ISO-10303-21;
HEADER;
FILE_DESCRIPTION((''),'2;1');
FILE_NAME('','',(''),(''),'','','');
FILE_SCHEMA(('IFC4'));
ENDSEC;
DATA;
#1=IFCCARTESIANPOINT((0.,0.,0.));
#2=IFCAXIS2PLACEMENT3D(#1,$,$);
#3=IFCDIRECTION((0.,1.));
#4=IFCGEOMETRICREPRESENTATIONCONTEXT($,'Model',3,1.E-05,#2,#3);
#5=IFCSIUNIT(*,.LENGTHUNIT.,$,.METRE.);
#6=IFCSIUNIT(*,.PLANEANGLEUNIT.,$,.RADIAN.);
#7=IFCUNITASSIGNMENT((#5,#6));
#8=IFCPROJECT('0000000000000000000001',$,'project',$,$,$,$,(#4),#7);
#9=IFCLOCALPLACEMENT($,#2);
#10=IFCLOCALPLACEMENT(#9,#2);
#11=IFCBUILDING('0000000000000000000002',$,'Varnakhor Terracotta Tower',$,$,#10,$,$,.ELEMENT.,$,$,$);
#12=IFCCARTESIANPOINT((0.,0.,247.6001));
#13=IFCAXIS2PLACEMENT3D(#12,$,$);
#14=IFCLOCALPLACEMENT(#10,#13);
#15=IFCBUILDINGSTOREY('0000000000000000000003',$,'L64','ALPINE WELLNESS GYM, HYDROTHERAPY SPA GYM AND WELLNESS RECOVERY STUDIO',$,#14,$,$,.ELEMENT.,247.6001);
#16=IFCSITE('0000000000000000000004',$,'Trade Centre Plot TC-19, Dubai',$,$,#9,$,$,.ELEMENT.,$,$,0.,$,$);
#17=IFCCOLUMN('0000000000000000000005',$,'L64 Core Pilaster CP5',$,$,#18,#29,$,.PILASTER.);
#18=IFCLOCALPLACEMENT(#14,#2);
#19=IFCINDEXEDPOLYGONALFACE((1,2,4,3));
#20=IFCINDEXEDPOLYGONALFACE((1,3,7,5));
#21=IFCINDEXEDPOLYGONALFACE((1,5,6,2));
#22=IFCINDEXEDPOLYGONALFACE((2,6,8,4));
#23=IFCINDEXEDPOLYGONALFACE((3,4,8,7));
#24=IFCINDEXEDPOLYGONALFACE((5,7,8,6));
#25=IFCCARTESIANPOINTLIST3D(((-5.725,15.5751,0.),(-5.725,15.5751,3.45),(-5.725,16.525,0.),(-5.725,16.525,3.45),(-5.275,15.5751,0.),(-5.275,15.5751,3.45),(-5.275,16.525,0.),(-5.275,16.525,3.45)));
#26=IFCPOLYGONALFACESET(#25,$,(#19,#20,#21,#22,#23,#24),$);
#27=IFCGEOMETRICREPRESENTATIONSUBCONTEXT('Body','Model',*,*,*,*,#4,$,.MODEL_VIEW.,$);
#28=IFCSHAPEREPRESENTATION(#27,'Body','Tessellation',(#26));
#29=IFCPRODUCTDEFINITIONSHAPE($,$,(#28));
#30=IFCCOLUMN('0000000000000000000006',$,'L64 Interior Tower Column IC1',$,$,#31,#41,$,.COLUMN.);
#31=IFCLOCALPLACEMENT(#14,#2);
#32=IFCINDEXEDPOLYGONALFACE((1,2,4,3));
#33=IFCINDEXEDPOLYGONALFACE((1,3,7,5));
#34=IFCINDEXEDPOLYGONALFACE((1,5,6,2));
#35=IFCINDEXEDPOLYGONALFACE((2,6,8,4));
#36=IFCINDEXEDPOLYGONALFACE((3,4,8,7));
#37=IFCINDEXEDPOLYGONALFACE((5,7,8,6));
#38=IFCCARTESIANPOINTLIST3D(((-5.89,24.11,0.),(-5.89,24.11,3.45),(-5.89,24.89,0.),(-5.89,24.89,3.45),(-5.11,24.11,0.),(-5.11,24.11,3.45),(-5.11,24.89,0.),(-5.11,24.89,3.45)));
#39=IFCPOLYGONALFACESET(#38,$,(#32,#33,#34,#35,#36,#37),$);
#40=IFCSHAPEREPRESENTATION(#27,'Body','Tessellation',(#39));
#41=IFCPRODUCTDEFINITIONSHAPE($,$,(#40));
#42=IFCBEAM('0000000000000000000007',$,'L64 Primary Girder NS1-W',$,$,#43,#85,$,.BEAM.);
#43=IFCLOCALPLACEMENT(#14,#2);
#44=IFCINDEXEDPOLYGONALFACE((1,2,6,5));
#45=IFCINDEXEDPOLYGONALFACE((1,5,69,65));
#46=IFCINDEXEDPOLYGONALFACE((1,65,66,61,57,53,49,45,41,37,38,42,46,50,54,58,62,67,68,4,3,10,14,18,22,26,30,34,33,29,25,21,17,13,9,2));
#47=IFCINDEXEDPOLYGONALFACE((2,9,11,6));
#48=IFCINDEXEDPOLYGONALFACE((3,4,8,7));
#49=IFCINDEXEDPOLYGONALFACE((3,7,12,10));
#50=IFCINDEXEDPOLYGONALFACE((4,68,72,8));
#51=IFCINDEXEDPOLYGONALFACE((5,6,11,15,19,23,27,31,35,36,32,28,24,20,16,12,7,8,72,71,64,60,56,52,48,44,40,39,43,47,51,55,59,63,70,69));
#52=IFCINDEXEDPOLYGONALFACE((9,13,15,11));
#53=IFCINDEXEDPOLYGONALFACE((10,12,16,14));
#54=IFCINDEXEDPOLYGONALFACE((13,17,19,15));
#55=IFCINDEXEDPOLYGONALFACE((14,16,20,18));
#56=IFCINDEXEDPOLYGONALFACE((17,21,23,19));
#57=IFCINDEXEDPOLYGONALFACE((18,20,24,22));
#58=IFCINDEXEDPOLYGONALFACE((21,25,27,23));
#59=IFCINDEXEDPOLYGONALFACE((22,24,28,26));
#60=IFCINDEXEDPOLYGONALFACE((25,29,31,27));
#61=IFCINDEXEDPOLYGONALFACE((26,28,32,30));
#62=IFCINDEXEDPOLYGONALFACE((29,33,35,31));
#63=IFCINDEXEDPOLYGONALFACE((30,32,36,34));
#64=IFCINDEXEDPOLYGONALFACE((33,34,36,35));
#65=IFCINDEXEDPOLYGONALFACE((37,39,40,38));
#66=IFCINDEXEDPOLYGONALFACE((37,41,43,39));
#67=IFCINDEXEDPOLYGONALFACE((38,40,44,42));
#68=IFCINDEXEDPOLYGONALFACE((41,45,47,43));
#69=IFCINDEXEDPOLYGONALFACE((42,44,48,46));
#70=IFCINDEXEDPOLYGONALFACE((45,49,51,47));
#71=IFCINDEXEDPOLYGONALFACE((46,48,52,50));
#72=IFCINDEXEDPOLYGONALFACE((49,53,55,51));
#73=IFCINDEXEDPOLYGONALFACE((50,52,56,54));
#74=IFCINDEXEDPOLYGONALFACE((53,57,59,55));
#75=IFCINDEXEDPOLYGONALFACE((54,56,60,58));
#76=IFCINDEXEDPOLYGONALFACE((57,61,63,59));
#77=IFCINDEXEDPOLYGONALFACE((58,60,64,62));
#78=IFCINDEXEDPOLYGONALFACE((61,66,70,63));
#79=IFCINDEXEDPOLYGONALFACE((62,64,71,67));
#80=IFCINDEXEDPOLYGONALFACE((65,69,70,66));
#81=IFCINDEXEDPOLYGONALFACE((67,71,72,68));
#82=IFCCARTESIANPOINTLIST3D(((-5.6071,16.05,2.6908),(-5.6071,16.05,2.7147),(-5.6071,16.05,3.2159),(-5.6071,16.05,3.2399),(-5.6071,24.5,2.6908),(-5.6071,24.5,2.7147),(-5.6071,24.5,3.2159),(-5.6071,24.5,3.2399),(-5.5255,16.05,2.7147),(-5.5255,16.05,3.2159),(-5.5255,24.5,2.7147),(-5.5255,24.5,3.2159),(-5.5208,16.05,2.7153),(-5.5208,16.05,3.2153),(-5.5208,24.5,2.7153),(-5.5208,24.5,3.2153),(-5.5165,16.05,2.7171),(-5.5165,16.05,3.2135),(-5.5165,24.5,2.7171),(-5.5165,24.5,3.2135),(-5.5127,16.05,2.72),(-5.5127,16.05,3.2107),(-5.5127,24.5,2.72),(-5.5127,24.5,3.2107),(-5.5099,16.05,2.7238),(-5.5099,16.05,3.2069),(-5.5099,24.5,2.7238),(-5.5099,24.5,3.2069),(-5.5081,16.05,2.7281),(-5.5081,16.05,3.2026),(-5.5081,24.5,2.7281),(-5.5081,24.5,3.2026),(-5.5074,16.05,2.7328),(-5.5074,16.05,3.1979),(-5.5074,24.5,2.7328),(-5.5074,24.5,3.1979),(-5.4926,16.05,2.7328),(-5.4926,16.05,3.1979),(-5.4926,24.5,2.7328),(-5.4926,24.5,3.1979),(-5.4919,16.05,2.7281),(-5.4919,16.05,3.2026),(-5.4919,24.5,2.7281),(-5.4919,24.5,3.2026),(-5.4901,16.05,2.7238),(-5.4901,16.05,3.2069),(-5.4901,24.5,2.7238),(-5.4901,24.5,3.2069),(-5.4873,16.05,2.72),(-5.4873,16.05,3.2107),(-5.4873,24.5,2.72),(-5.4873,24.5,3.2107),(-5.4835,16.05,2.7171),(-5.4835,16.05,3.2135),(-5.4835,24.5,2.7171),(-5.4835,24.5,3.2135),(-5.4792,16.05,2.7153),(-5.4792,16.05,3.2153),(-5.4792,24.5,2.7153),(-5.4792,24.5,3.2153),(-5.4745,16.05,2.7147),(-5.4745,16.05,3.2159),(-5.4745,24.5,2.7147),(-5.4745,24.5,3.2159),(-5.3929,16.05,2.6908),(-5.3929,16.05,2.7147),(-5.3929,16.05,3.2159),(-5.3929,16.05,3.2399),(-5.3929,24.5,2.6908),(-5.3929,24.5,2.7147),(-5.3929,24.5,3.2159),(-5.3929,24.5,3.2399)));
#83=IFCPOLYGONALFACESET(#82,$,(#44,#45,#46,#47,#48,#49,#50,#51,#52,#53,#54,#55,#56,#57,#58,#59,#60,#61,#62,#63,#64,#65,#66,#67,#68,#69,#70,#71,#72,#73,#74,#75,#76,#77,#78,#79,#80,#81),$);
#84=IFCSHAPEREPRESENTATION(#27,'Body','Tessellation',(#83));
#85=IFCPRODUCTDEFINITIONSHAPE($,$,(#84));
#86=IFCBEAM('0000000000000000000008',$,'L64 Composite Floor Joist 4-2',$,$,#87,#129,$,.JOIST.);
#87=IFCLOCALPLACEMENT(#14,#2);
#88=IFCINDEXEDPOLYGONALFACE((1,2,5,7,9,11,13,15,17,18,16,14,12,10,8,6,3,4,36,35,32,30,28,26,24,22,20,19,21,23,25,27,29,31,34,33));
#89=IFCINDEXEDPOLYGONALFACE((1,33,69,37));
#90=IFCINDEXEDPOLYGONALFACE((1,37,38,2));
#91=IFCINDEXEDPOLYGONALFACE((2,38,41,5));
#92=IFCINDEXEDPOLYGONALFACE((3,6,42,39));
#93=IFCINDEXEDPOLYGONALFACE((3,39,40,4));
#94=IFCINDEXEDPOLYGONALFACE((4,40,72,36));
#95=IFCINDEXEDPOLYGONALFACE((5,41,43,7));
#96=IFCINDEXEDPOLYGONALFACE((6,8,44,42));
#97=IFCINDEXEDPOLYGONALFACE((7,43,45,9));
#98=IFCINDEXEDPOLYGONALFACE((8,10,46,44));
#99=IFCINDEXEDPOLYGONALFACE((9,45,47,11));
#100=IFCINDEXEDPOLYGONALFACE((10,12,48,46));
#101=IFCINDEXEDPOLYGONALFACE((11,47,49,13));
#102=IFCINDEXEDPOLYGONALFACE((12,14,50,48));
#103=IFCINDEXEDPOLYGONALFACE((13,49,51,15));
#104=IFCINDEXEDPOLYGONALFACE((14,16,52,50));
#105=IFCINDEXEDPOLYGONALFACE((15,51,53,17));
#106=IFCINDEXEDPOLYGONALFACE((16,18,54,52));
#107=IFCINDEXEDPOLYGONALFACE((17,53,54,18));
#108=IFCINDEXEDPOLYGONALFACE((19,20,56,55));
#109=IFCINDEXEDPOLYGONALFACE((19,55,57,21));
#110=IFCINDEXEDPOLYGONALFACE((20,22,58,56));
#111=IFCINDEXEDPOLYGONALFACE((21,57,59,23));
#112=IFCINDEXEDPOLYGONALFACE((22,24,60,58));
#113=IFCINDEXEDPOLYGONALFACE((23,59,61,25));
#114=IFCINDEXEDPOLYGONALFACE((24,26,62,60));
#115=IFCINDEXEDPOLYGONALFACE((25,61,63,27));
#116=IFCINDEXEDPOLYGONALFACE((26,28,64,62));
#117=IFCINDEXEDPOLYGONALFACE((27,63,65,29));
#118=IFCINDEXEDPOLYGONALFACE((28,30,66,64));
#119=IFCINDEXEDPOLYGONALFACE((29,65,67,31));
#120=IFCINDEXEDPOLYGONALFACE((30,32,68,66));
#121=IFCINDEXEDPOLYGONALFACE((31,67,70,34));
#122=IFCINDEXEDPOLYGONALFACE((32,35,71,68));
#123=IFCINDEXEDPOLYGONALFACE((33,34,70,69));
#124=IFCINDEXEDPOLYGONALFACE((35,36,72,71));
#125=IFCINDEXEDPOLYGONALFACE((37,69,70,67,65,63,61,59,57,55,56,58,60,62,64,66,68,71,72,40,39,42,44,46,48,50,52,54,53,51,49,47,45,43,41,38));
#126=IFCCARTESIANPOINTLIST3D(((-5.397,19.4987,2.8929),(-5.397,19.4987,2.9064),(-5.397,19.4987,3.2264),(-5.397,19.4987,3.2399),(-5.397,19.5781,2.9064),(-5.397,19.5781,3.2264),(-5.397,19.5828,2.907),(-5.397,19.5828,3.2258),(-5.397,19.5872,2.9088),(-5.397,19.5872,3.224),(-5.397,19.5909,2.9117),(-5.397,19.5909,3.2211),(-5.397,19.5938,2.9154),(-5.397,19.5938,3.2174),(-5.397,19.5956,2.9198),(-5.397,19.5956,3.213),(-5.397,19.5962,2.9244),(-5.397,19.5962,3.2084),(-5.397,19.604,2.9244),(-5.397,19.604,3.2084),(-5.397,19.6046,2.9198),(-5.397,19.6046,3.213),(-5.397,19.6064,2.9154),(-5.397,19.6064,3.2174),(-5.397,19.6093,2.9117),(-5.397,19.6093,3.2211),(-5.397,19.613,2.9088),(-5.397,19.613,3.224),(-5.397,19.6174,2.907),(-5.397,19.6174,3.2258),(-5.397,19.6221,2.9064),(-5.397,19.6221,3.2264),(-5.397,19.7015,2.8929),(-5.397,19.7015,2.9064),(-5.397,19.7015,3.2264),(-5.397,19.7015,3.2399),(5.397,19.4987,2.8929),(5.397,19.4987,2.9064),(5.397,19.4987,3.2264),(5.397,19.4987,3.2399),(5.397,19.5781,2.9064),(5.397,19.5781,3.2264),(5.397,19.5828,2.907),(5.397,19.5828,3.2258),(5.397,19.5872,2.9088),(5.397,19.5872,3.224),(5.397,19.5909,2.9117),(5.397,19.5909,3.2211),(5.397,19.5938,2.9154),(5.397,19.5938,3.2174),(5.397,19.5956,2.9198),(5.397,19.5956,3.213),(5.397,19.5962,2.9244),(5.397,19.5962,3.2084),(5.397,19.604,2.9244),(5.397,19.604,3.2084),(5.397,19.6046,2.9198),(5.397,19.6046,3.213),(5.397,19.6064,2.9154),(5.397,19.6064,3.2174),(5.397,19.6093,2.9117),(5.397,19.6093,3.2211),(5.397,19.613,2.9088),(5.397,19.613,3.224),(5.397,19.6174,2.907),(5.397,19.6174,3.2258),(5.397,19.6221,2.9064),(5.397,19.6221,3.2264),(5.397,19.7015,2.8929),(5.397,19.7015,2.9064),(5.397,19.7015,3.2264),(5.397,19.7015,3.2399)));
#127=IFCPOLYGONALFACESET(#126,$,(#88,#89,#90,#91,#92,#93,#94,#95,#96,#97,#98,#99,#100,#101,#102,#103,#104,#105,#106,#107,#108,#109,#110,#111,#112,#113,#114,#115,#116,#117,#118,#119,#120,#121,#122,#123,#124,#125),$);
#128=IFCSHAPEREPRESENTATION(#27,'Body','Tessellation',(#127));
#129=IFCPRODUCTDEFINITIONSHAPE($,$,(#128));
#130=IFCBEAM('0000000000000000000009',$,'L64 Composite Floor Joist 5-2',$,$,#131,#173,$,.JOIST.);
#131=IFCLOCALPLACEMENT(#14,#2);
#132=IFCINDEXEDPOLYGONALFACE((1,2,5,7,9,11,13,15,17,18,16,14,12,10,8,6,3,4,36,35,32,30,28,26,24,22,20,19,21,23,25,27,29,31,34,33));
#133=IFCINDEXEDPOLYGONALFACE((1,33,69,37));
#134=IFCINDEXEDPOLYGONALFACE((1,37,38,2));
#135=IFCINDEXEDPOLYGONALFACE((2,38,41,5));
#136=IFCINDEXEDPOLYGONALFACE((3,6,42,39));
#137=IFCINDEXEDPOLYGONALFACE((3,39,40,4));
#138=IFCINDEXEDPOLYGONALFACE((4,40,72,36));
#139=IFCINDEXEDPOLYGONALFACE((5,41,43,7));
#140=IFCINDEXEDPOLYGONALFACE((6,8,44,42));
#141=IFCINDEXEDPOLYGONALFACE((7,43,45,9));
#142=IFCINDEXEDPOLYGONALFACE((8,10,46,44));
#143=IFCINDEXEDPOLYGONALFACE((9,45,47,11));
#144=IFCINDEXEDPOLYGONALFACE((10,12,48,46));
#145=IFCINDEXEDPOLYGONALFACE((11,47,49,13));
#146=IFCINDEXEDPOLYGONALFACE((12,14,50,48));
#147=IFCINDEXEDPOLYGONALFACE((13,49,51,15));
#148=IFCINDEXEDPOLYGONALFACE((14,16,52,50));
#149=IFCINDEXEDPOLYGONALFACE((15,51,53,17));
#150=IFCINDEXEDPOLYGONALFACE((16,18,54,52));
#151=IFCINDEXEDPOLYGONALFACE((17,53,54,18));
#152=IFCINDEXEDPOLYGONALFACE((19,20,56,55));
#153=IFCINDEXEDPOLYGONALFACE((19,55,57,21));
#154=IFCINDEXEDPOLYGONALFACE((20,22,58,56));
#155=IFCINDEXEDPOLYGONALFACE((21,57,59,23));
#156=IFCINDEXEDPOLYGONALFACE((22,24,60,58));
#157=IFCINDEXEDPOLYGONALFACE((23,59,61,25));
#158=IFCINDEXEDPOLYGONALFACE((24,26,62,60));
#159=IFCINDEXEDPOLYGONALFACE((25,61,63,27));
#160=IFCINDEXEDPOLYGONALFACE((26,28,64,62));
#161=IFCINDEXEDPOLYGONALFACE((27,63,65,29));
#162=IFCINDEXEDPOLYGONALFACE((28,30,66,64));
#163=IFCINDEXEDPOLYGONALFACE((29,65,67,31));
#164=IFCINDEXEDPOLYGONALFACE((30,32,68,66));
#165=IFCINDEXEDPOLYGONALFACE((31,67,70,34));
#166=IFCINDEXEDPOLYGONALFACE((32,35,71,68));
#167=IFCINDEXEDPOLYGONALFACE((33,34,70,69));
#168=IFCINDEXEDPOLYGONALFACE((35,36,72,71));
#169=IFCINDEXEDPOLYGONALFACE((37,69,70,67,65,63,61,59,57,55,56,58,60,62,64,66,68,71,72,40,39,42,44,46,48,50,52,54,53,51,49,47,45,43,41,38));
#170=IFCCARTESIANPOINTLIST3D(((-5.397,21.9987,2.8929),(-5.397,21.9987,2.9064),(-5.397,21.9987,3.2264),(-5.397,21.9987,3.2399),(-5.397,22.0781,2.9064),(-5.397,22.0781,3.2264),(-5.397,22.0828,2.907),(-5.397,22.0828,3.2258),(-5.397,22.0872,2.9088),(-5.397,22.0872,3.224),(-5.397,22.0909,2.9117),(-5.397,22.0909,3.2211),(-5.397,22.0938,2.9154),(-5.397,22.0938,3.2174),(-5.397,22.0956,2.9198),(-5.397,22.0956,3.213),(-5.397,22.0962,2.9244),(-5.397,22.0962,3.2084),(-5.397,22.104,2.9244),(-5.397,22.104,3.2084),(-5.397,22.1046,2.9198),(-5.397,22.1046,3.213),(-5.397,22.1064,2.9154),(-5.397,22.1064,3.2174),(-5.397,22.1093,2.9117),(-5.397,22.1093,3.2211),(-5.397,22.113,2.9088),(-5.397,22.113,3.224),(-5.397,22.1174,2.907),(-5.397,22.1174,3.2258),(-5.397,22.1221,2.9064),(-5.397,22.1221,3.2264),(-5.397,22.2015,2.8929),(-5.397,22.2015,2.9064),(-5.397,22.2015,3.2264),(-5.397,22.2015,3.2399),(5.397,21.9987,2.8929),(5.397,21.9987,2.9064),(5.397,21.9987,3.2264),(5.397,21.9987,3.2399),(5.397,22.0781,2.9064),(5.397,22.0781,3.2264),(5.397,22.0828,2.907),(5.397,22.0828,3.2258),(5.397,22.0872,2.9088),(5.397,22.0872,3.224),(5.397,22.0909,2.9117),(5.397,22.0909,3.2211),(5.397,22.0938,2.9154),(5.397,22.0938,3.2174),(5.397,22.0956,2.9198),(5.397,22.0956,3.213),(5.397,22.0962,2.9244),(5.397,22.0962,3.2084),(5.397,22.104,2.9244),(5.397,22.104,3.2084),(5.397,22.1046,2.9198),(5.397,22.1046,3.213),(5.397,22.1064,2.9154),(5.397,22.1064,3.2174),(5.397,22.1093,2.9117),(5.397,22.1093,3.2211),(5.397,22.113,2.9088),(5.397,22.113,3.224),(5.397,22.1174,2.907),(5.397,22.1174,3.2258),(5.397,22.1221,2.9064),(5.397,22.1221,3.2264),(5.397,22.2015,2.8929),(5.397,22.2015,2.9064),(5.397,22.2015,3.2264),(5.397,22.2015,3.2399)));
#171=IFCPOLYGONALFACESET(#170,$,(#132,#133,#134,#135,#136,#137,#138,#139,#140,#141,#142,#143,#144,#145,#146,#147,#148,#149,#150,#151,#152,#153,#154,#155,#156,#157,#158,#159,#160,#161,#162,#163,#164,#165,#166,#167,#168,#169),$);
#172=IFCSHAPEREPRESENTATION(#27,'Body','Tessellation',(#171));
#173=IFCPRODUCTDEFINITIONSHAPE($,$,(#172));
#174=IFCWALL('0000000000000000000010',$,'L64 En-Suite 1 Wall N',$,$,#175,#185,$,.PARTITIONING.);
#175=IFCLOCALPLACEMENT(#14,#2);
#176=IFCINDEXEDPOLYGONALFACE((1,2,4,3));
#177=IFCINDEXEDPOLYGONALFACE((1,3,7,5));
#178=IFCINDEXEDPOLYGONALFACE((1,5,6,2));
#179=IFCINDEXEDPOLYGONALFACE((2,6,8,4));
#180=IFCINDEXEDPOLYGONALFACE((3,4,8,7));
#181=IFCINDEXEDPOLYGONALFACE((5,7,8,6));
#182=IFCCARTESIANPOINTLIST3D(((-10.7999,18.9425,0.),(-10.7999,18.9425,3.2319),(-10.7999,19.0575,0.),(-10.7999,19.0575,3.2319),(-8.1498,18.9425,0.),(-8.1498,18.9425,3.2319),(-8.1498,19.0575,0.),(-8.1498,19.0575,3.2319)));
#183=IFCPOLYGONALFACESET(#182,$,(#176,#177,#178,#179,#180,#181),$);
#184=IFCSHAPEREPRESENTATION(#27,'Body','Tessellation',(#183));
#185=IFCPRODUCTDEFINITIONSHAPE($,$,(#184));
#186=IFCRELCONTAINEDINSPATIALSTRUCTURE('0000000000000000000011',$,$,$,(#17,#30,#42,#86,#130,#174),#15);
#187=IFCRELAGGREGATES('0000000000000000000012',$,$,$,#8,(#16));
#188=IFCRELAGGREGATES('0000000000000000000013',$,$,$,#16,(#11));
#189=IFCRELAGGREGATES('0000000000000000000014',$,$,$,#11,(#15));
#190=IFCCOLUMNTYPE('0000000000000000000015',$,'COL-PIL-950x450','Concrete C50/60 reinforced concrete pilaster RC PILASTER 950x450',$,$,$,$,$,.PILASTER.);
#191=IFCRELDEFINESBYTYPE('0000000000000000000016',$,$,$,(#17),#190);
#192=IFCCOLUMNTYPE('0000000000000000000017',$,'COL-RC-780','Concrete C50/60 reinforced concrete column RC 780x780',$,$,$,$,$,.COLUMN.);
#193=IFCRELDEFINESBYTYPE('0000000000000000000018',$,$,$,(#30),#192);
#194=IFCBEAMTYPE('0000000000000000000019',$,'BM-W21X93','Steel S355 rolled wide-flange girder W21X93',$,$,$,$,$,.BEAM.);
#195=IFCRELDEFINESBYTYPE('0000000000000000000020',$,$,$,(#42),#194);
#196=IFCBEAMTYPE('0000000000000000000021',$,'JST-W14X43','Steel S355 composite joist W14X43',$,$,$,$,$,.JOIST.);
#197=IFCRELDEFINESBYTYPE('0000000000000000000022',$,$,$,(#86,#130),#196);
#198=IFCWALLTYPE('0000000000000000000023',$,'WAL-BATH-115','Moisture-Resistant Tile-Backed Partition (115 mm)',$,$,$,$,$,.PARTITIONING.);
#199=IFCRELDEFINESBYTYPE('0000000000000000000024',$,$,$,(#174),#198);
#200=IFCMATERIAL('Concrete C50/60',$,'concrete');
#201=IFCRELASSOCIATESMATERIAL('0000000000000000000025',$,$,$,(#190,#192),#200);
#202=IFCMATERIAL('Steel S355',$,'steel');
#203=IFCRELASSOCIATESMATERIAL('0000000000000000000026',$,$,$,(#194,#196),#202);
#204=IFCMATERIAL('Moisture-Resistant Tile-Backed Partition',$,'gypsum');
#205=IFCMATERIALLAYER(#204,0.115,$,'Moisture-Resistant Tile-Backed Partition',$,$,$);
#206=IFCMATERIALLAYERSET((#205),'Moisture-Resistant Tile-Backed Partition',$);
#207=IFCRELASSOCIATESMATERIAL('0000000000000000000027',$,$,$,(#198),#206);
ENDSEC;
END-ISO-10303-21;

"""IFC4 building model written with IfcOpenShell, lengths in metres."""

from ifc_helpers import new_model, si_unit, direction, frame, frame_2d, origin, origin_2d, place, context, subcontext, project, spatial, rectangle, i_section, extrude, source, transform, mapped, material, layer, layer_set, material_profile, profile_set, type_object, type_shapes, element, save


model = new_model("IFC4")

# Units and contexts
model_context = context("Model", 3, precision=1e-05, world=origin(), true_north=direction((0.0, 1.0)))
body_context = subcontext(model_context, "Body", "Model", "MODEL_VIEW")
ifc_project = project(units=[si_unit("LENGTHUNIT", "METRE"), si_unit("PLANEANGLEUNIT", "RADIAN")], contexts=[model_context])

# Site, building, storey
site_placement = place(None, origin())
site = spatial("IfcSite", under=ifc_project, at=site_placement, Name="Trade Centre Plot TC-19, Dubai", CompositionType="ELEMENT", RefElevation=0.0)
building_placement = place(site_placement, origin())
building = spatial("IfcBuilding", under=site, at=building_placement, Name="Varnakhor Terracotta Tower", CompositionType="ELEMENT")
storey_placement = place(building_placement, frame((0.0, 0.0, 247.6001)))
storey = spatial("IfcBuildingStorey", under=building, at=storey_placement, Name="L64", Description="ALPINE WELLNESS GYM, HYDROTHERAPY SPA GYM AND WELLNESS RECOVERY STUDIO", CompositionType="ELEMENT", Elevation=247.6001)

# Columns
ifc_material_1 = material(Name="Concrete C50/60", Category="concrete")
ifc_material_profile_1 = material_profile(ifc_material_1, rectangle(XDim=0.45, YDim=0.95, at=origin_2d()), Name="RC PILASTER 950x450")
ifc_profile_set_1 = profile_set([ifc_material_profile_1], Name="Concrete C50/60")
column_type_1 = type_object("IfcColumnType", Name="COL-PIL-950x450", Description="Concrete C50/60 reinforced concrete pilaster RC PILASTER 950x450", PredefinedType="PILASTER", material=ifc_profile_set_1)
shared_shape_1 = source(origin(), body_context, "Body", "SweptSolid", [
    extrude(rectangle(XDim=0.45, YDim=0.95, at=origin_2d()), origin(), (0.0, 0.0, 1.0), 3.45),
])
column_1_placement = place(storey_placement, frame((-5.5, 16.05, 0.0), z_axis=(0.0, 0.0, 1.0), x_axis=(1.0, 0.0, 0.0)))
element("IfcColumn", 1, at=column_1_placement, inside=storey, type_object=column_type_1, Name="L64 Core Pilaster CP5", PredefinedType="PILASTER", context=body_context, shape_type="MappedRepresentation", body=[
    mapped(shared_shape_1, transform((0.0, 0.0, 0.0), scale=1.0)),
])
ifc_material_profile_2 = material_profile(ifc_material_1, rectangle(XDim=0.78, YDim=0.78, at=origin_2d()), Name="RC 780x780")
ifc_profile_set_2 = profile_set([ifc_material_profile_2], Name="Concrete C50/60")
column_type_2 = type_object("IfcColumnType", Name="COL-RC-780", Description="Concrete C50/60 reinforced concrete column RC 780x780", PredefinedType="COLUMN", material=ifc_profile_set_2)
shared_shape_2 = source(origin(), body_context, "Body", "SweptSolid", [
    extrude(rectangle(XDim=0.78, YDim=0.78, at=origin_2d()), origin(), (0.0, 0.0, 1.0), 3.45),
])
column_2_placement = place(storey_placement, frame((-5.5, 24.5, 0.0), z_axis=(0.0, 0.0, 1.0), x_axis=(1.0, 0.0, 0.0)))
element("IfcColumn", 2, at=column_2_placement, inside=storey, type_object=column_type_2, Name="L64 Interior Tower Column IC1", PredefinedType="COLUMN", context=body_context, shape_type="MappedRepresentation", body=[
    mapped(shared_shape_2, transform((0.0, 0.0, 0.0), scale=1.0)),
])

# Beams
ifc_material_2 = material(Name="Steel S355", Category="steel")
ifc_material_profile_3 = material_profile(ifc_material_2, i_section(OverallWidth=0.2141, OverallDepth=0.5491, WebThickness=0.0149, FlangeThickness=0.0239, FilletRadius=0.0181, at=origin_2d()), Name="W21X93")
ifc_profile_set_3 = profile_set([ifc_material_profile_3], Name="Steel S355")
beam_type_1 = type_object("IfcBeamType", Name="BM-W21X93", Description="Steel S355 rolled wide-flange girder W21X93", PredefinedType="BEAM", material=ifc_profile_set_3)
shared_shape_3 = source(origin(), body_context, "Body", "SweptSolid", [
    extrude(i_section(OverallWidth=0.2141, OverallDepth=0.5491, WebThickness=0.0149, FlangeThickness=0.0239, FilletRadius=0.0181, at=origin_2d()), origin(), (0.0, 0.0, 1.0), 8.45),
])
type_shapes(beam_type_1, [shared_shape_3])
beam_placement = place(storey_placement, frame((-5.5, 16.05, 2.9653), z_axis=(0.0, 1.0, 0.0), x_axis=(-1.0, 0.0, 0.0)))
element("IfcBeam", 3, at=beam_placement, inside=storey, type_object=beam_type_1, Name="L64 Primary Girder NS1-W", PredefinedType="BEAM", context=body_context, shape_type="MappedRepresentation", body=[
    mapped(shared_shape_3, transform((0.0, 0.0, 0.0), scale=1.0)),
])
ifc_material_profile_4 = material_profile(ifc_material_2, i_section(OverallWidth=0.2029, OverallDepth=0.3469, WebThickness=0.0078, FlangeThickness=0.0134, FilletRadius=0.0181, at=origin_2d()), Name="W14X43")
ifc_profile_set_4 = profile_set([ifc_material_profile_4], Name="Steel S355")
beam_type_2 = type_object("IfcBeamType", Name="JST-W14X43", Description="Steel S355 composite joist W14X43", PredefinedType="JOIST", material=ifc_profile_set_4)
shared_shape_4 = source(origin(), body_context, "Body", "SweptSolid", [
    extrude(i_section(OverallWidth=0.2029, OverallDepth=0.3469, WebThickness=0.0078, FlangeThickness=0.0134, FilletRadius=0.0181, at=origin_2d()), origin(), (0.0, 0.0, 1.0), 10.7939),
])
for number, where, z_axis, x_axis, name in (
    (4, (-5.397, 19.6001, 3.0664), (1.0, 0.0, 0.0), (0.0, 1.0, 0.0), "L64 Composite Floor Joist 4-2"),
    (5, (-5.397, 22.1001, 3.0664), (1.0, 0.0, 0.0), (0.0, 1.0, 0.0), "L64 Composite Floor Joist 5-2"),
):
    element("IfcBeam", number, at=place(storey_placement, frame(where, z_axis=z_axis, x_axis=x_axis)), inside=storey, type_object=beam_type_2, Name=name, PredefinedType="JOIST", context=body_context, shape_type="MappedRepresentation", body=[
        mapped(shared_shape_4, transform((0.0, 0.0, 0.0), scale=1.0)),
    ])

# Wall
ifc_material_3 = material(Name="Moisture-Resistant Tile-Backed Partition", Category="gypsum")
ifc_layer_1 = layer(ifc_material_3, 0.115, Name="Moisture-Resistant Tile-Backed Partition")
ifc_layer_set_1 = layer_set([ifc_layer_1], Name="Moisture-Resistant Tile-Backed Partition")
wall_type_1 = type_object("IfcWallType", Name="WAL-BATH-115", Description="Moisture-Resistant Tile-Backed Partition (115 mm)", PredefinedType="PARTITIONING", material=ifc_layer_set_1)
wall_1_placement = place(storey_placement, frame((-10.8, 19.0, 0.0), z_axis=(0.0, 0.0, 1.0), x_axis=(1.0, 0.0, 0.0)))
element("IfcWall", 6, at=wall_1_placement, inside=storey, type_object=wall_type_1, Name="L64 En-Suite 1 Wall N", PredefinedType="PARTITIONING", context=body_context, shape_type="SweptSolid", body=[
    extrude(rectangle(XDim=2.6501, YDim=0.115, at=frame_2d((1.3252, 0.0))), origin(), (0.0, 0.0, 1.0), 3.2319),
])

save(model, "model.ifc")
